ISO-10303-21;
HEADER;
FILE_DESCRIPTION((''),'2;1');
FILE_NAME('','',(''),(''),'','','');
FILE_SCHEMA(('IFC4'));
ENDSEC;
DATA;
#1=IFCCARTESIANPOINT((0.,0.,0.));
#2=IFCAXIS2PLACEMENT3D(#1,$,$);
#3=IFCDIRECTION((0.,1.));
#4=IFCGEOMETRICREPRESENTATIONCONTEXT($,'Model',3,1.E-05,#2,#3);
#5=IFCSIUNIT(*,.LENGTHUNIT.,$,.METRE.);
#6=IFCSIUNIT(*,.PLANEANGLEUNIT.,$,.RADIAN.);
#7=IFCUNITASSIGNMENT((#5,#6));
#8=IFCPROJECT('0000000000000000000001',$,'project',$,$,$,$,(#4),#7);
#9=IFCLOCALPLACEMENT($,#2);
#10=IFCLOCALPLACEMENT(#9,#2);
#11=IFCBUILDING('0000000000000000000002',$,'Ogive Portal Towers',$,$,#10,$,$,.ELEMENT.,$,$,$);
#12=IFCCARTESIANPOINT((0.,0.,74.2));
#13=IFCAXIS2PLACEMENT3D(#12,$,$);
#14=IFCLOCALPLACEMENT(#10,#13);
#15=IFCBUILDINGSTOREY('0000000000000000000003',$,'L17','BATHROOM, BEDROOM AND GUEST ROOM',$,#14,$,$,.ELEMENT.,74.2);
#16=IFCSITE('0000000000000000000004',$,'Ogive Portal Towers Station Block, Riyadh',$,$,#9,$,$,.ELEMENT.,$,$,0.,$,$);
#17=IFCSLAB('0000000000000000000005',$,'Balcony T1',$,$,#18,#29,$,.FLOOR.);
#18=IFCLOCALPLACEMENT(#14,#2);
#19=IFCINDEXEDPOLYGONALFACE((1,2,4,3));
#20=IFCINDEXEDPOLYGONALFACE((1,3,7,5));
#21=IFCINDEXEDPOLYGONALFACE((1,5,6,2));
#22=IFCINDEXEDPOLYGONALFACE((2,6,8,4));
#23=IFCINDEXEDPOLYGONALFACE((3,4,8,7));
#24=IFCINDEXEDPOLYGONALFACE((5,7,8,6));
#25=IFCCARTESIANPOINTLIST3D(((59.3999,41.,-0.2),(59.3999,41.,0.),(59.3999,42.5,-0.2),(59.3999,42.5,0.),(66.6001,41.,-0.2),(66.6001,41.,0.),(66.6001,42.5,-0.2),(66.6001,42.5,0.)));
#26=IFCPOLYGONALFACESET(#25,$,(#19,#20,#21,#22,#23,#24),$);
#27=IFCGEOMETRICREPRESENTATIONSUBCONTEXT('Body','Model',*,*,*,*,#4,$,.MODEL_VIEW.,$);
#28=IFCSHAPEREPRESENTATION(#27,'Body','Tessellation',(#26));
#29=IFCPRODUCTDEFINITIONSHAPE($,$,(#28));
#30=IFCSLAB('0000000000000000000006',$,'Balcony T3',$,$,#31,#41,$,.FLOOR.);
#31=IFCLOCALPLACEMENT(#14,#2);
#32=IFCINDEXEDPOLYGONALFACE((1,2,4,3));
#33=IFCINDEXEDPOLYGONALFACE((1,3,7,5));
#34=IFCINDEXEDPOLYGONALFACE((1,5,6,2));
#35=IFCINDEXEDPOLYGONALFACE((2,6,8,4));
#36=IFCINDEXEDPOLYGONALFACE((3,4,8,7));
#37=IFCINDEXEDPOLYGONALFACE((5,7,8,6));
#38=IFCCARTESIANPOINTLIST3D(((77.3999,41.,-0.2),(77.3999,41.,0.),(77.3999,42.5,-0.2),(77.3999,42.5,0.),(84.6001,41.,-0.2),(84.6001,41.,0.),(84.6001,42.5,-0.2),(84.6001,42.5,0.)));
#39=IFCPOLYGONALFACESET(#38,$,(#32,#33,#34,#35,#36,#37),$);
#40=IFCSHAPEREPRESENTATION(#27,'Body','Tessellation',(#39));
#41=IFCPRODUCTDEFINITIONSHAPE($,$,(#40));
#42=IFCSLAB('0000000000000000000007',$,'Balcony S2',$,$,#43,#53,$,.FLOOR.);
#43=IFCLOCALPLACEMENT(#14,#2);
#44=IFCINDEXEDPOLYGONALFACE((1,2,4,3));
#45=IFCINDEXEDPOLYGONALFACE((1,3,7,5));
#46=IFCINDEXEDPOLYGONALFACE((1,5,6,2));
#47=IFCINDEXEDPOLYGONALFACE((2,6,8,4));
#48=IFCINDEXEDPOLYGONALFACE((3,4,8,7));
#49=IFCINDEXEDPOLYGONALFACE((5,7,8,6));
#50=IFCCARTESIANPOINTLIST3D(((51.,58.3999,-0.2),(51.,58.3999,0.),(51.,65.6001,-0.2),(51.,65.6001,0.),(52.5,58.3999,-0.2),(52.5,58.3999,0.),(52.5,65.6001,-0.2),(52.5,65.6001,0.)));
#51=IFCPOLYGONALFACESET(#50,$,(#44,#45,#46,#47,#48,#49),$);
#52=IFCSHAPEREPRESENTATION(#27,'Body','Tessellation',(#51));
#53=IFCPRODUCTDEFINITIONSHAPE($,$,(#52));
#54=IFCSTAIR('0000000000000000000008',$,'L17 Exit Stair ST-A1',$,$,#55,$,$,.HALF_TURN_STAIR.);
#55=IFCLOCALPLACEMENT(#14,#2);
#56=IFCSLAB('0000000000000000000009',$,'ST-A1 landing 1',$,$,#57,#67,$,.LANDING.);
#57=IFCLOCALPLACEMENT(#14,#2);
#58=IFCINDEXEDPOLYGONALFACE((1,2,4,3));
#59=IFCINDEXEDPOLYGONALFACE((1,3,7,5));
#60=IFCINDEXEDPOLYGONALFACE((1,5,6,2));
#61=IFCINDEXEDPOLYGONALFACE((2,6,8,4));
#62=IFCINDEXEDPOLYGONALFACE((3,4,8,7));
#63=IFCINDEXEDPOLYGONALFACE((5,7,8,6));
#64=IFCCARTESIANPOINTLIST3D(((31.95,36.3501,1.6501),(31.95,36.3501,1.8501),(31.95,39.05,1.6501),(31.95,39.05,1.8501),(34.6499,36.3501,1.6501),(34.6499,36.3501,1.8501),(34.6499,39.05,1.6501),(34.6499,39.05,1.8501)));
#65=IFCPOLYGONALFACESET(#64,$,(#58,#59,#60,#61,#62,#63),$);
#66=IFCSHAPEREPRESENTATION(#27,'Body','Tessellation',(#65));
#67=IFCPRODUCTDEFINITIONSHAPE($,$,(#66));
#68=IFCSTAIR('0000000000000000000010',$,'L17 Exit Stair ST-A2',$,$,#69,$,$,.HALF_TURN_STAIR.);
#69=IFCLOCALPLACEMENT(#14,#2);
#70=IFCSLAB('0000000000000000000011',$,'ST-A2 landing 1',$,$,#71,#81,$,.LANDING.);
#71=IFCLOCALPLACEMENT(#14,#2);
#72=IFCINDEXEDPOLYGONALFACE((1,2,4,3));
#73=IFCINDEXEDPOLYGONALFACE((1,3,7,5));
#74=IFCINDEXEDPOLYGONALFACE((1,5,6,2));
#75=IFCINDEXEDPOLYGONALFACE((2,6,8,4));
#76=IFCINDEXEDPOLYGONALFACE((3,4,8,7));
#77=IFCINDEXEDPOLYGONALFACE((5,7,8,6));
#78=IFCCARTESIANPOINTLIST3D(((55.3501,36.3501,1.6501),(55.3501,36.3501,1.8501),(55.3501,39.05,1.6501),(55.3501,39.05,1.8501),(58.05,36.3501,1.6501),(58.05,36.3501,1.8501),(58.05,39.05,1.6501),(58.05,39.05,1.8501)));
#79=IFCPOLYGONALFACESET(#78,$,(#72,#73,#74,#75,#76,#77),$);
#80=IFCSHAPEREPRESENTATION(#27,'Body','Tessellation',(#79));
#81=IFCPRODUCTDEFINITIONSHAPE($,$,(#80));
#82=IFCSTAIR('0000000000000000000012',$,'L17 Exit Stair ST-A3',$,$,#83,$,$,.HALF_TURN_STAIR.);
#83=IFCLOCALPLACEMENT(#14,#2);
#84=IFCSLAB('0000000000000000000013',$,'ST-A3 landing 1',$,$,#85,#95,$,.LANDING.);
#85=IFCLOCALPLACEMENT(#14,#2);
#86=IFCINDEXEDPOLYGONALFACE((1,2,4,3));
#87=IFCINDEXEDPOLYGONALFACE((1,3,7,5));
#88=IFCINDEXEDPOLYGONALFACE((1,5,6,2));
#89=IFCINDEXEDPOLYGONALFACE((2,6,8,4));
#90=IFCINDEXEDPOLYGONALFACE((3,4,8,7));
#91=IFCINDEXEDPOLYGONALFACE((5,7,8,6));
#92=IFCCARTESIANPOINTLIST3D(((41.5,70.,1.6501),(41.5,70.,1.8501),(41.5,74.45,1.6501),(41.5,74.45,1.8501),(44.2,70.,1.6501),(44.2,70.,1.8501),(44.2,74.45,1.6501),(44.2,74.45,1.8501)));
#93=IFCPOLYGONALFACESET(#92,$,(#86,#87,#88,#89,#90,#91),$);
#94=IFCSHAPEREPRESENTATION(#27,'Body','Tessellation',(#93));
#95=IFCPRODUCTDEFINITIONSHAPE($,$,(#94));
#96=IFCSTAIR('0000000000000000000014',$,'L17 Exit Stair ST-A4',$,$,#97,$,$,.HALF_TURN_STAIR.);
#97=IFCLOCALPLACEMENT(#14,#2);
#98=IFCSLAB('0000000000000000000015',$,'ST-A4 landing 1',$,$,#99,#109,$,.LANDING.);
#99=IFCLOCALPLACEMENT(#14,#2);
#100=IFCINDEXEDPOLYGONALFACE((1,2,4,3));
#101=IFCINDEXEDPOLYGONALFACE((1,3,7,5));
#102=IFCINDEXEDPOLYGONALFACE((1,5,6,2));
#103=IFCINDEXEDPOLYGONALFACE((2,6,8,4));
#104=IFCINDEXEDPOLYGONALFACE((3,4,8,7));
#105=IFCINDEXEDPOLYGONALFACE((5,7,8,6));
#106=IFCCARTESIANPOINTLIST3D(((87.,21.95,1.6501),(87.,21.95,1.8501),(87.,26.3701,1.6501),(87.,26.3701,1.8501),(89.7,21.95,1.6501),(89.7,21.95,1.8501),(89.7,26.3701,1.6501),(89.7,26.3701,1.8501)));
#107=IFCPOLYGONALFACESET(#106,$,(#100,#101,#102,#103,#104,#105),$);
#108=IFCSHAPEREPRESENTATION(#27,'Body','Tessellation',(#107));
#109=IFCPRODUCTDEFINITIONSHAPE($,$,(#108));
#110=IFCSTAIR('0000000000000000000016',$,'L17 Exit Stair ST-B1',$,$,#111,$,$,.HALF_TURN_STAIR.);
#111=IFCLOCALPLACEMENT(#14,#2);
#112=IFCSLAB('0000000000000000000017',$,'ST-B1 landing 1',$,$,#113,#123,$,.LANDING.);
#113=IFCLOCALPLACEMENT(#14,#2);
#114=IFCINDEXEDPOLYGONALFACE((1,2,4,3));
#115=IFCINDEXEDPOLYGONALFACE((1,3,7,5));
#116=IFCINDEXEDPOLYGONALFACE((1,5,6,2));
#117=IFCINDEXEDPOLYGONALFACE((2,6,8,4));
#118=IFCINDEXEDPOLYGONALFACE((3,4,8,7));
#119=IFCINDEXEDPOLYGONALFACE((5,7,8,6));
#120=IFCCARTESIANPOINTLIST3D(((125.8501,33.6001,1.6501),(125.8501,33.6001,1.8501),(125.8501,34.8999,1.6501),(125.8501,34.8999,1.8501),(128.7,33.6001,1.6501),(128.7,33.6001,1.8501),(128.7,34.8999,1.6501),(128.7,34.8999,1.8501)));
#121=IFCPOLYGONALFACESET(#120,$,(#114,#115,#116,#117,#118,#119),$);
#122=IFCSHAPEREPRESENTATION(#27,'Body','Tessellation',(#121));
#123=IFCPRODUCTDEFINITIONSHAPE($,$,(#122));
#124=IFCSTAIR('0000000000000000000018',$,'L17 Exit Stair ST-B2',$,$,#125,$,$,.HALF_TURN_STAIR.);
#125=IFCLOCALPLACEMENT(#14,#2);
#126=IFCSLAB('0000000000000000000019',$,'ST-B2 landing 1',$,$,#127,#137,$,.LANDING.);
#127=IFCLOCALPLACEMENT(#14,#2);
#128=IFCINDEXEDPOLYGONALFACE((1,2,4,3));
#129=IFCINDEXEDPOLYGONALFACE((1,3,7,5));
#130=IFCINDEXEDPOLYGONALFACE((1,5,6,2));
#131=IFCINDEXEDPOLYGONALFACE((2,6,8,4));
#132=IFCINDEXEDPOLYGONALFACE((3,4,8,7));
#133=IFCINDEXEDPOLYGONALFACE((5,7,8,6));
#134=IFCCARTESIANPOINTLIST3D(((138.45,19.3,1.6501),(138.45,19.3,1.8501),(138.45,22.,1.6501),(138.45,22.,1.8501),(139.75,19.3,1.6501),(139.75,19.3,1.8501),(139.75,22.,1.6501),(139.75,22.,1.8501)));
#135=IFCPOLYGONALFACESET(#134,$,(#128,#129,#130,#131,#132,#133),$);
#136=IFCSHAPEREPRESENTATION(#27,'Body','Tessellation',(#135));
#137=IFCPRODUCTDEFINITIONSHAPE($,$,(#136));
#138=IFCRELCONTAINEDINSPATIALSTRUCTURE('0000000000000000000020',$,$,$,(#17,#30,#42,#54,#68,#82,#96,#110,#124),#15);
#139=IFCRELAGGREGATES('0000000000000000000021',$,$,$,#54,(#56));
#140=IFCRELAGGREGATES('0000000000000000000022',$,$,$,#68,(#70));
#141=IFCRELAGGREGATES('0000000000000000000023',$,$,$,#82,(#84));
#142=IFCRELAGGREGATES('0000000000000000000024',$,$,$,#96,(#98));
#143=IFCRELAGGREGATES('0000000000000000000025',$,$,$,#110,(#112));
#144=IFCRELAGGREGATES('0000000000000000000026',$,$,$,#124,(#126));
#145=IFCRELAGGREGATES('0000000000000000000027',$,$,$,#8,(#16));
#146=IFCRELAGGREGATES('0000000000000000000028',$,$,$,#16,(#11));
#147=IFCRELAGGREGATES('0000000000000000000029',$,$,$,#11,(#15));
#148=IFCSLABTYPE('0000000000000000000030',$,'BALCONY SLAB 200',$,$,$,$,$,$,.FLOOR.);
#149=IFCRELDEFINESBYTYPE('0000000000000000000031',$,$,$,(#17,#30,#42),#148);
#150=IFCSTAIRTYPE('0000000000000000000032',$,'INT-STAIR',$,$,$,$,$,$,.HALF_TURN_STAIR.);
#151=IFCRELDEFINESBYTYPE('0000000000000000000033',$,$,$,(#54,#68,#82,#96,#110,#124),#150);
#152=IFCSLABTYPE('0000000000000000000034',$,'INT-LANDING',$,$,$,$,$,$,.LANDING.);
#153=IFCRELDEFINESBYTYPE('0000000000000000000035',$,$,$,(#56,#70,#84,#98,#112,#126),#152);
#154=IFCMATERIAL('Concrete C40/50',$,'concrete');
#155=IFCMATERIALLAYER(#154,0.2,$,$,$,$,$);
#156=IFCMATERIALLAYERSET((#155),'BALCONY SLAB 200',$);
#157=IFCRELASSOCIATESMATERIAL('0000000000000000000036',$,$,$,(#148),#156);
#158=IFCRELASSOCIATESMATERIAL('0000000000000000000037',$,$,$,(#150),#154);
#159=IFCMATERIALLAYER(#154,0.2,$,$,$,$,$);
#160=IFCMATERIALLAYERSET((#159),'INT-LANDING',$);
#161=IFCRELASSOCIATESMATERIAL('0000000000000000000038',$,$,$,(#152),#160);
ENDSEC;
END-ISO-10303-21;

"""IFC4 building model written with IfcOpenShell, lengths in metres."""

from ifc_helpers import new_model, si_unit, direction, frame, origin, place, context, subcontext, project, spatial, polyline, outline, extrude, material, layer, layer_set, type_object, element, aggregate, save


model = new_model("IFC4")

# Units and contexts
model_context = context("Model", 3, precision=1e-05, world=origin(), true_north=direction((0.0, 1.0)))
body_context = subcontext(model_context, "Body", "Model", "MODEL_VIEW")
ifc_project = project(units=[si_unit("LENGTHUNIT", "METRE"), si_unit("PLANEANGLEUNIT", "RADIAN")], contexts=[model_context])

# Site, building, storey
site_placement = place(None, origin())
site = spatial("IfcSite", under=ifc_project, at=site_placement, Name="Ogive Portal Towers Station Block, Riyadh", CompositionType="ELEMENT", RefElevation=0.0)
building_placement = place(site_placement, origin())
building = spatial("IfcBuilding", under=site, at=building_placement, Name="Ogive Portal Towers", CompositionType="ELEMENT")
storey_placement = place(building_placement, frame((0.0, 0.0, 74.2)))
storey = spatial("IfcBuildingStorey", under=building, at=storey_placement, Name="L17", Description="BATHROOM, BEDROOM AND GUEST ROOM", CompositionType="ELEMENT", Elevation=74.2)

# Slabs
ifc_material_1 = material(Name="Concrete C40/50", Category="concrete")
ifc_layer_1 = layer(ifc_material_1, 0.2)
ifc_layer_set_1 = layer_set([ifc_layer_1], Name="BALCONY SLAB 200")
slab_type_1 = type_object("IfcSlabType", Name="BALCONY SLAB 200", PredefinedType="FLOOR", material=ifc_layer_set_1)
slab_1_placement = place(storey_placement, frame((0.0, 0.0, -0.2)))
element("IfcSlab", 1, at=slab_1_placement, inside=storey, type_object=slab_type_1, Name="Balcony T1", PredefinedType="FLOOR", context=body_context, shape_type="SweptSolid", body=[
    extrude(outline(polyline([(59.3999, 41.0), (66.6001, 41.0), (66.6001, 42.5), (59.3999, 42.5), (59.3999, 41.0)])), origin(), (0.0, 0.0, 1.0), 0.2),
])
slab_2_placement = place(storey_placement, frame((0.0, 0.0, -0.2)))
element("IfcSlab", 2, at=slab_2_placement, inside=storey, type_object=slab_type_1, Name="Balcony T3", PredefinedType="FLOOR", context=body_context, shape_type="SweptSolid", body=[
    extrude(outline(polyline([(77.3999, 41.0), (84.6001, 41.0), (84.6001, 42.5), (77.3999, 42.5), (77.3999, 41.0)])), origin(), (0.0, 0.0, 1.0), 0.2),
])
slab_3_placement = place(storey_placement, frame((0.0, 0.0, -0.2)))
element("IfcSlab", 3, at=slab_3_placement, inside=storey, type_object=slab_type_1, Name="Balcony S2", PredefinedType="FLOOR", context=body_context, shape_type="SweptSolid", body=[
    extrude(outline(polyline([(51.0, 58.3999), (52.5, 58.3999), (52.5, 65.6001), (51.0, 65.6001), (51.0, 58.3999)])), origin(), (0.0, 0.0, 1.0), 0.2),
])

# Stairs, slabs
stair_type = type_object("IfcStairType", Name="INT-STAIR", PredefinedType="HALF_TURN_STAIR", material=ifc_material_1)
stair_1_placement = place(storey_placement, origin())
stair_1 = element("IfcStair", 4, at=stair_1_placement, inside=storey, type_object=stair_type, Name="L17 Exit Stair ST-A1", PredefinedType="HALF_TURN_STAIR")
ifc_layer_2 = layer(ifc_material_1, 0.2)
ifc_layer_set_2 = layer_set([ifc_layer_2], Name="INT-LANDING")
slab_type_2 = type_object("IfcSlabType", Name="INT-LANDING", PredefinedType="LANDING", material=ifc_layer_set_2)
slab_4_placement = place(storey_placement, frame((0.0, 0.0, 1.6501)))
slab_4 = element("IfcSlab", 5, at=slab_4_placement, type_object=slab_type_2, Name="ST-A1 landing 1", PredefinedType="LANDING", context=body_context, shape_type="SweptSolid", body=[
    extrude(outline(polyline([(34.6499, 39.05), (31.95, 39.05), (31.95, 36.3501), (34.6499, 36.3501), (34.6499, 39.05)])), origin(), (0.0, 0.0, 1.0), 0.2),
])
aggregate(stair_1, [slab_4])
stair_2_placement = place(storey_placement, origin())
stair_2 = element("IfcStair", 6, at=stair_2_placement, inside=storey, type_object=stair_type, Name="L17 Exit Stair ST-A2", PredefinedType="HALF_TURN_STAIR")
slab_5_placement = place(storey_placement, frame((0.0, 0.0, 1.6501)))
slab_5 = element("IfcSlab", 7, at=slab_5_placement, type_object=slab_type_2, Name="ST-A2 landing 1", PredefinedType="LANDING", context=body_context, shape_type="SweptSolid", body=[
    extrude(outline(polyline([(55.3501, 36.3501), (58.05, 36.3501), (58.05, 39.05), (55.3501, 39.05), (55.3501, 36.3501)])), origin(), (0.0, 0.0, 1.0), 0.2),
])
aggregate(stair_2, [slab_5])
stair_3_placement = place(storey_placement, origin())
stair_3 = element("IfcStair", 8, at=stair_3_placement, inside=storey, type_object=stair_type, Name="L17 Exit Stair ST-A3", PredefinedType="HALF_TURN_STAIR")
slab_6_placement = place(storey_placement, frame((0.0, 0.0, 1.6501)))
slab_6 = element("IfcSlab", 9, at=slab_6_placement, type_object=slab_type_2, Name="ST-A3 landing 1", PredefinedType="LANDING", context=body_context, shape_type="SweptSolid", body=[
    extrude(outline(polyline([(44.2, 70.0), (44.2, 74.45), (41.5, 74.45), (41.5, 70.0), (44.2, 70.0)])), origin(), (0.0, 0.0, 1.0), 0.2),
])
aggregate(stair_3, [slab_6])
stair_4_placement = place(storey_placement, origin())
stair_4 = element("IfcStair", 10, at=stair_4_placement, inside=storey, type_object=stair_type, Name="L17 Exit Stair ST-A4", PredefinedType="HALF_TURN_STAIR")
slab_7_placement = place(storey_placement, frame((0.0, 0.0, 1.6501)))
slab_7 = element("IfcSlab", 11, at=slab_7_placement, type_object=slab_type_2, Name="ST-A4 landing 1", PredefinedType="LANDING", context=body_context, shape_type="SweptSolid", body=[
    extrude(outline(polyline([(87.0, 26.3701), (87.0, 21.95), (89.7, 21.95), (89.7, 26.3701), (87.0, 26.3701)])), origin(), (0.0, 0.0, 1.0), 0.2),
])
aggregate(stair_4, [slab_7])
stair_5_placement = place(storey_placement, origin())
stair_5 = element("IfcStair", 12, at=stair_5_placement, inside=storey, type_object=stair_type, Name="L17 Exit Stair ST-B1", PredefinedType="HALF_TURN_STAIR")
slab_8_placement = place(storey_placement, frame((0.0, 0.0, 1.6501)))
slab_8 = element("IfcSlab", 13, at=slab_8_placement, type_object=slab_type_2, Name="ST-B1 landing 1", PredefinedType="LANDING", context=body_context, shape_type="SweptSolid", body=[
    extrude(outline(polyline([(128.7, 33.6001), (128.7, 34.8999), (125.8501, 34.8999), (125.8501, 33.6001), (128.7, 33.6001)])), origin(), (0.0, 0.0, 1.0), 0.2),
])
aggregate(stair_5, [slab_8])
stair_6_placement = place(storey_placement, origin())
stair_6 = element("IfcStair", 14, at=stair_6_placement, inside=storey, type_object=stair_type, Name="L17 Exit Stair ST-B2", PredefinedType="HALF_TURN_STAIR")
slab_9_placement = place(storey_placement, frame((0.0, 0.0, 1.6501)))
slab_9 = element("IfcSlab", 15, at=slab_9_placement, type_object=slab_type_2, Name="ST-B2 landing 1", PredefinedType="LANDING", context=body_context, shape_type="SweptSolid", body=[
    extrude(outline(polyline([(139.75, 22.0), (138.45, 22.0), (138.45, 19.3), (139.75, 19.3), (139.75, 22.0)])), origin(), (0.0, 0.0, 1.0), 0.2),
])
aggregate(stair_6, [slab_9])

save(model, "model.ifc")
